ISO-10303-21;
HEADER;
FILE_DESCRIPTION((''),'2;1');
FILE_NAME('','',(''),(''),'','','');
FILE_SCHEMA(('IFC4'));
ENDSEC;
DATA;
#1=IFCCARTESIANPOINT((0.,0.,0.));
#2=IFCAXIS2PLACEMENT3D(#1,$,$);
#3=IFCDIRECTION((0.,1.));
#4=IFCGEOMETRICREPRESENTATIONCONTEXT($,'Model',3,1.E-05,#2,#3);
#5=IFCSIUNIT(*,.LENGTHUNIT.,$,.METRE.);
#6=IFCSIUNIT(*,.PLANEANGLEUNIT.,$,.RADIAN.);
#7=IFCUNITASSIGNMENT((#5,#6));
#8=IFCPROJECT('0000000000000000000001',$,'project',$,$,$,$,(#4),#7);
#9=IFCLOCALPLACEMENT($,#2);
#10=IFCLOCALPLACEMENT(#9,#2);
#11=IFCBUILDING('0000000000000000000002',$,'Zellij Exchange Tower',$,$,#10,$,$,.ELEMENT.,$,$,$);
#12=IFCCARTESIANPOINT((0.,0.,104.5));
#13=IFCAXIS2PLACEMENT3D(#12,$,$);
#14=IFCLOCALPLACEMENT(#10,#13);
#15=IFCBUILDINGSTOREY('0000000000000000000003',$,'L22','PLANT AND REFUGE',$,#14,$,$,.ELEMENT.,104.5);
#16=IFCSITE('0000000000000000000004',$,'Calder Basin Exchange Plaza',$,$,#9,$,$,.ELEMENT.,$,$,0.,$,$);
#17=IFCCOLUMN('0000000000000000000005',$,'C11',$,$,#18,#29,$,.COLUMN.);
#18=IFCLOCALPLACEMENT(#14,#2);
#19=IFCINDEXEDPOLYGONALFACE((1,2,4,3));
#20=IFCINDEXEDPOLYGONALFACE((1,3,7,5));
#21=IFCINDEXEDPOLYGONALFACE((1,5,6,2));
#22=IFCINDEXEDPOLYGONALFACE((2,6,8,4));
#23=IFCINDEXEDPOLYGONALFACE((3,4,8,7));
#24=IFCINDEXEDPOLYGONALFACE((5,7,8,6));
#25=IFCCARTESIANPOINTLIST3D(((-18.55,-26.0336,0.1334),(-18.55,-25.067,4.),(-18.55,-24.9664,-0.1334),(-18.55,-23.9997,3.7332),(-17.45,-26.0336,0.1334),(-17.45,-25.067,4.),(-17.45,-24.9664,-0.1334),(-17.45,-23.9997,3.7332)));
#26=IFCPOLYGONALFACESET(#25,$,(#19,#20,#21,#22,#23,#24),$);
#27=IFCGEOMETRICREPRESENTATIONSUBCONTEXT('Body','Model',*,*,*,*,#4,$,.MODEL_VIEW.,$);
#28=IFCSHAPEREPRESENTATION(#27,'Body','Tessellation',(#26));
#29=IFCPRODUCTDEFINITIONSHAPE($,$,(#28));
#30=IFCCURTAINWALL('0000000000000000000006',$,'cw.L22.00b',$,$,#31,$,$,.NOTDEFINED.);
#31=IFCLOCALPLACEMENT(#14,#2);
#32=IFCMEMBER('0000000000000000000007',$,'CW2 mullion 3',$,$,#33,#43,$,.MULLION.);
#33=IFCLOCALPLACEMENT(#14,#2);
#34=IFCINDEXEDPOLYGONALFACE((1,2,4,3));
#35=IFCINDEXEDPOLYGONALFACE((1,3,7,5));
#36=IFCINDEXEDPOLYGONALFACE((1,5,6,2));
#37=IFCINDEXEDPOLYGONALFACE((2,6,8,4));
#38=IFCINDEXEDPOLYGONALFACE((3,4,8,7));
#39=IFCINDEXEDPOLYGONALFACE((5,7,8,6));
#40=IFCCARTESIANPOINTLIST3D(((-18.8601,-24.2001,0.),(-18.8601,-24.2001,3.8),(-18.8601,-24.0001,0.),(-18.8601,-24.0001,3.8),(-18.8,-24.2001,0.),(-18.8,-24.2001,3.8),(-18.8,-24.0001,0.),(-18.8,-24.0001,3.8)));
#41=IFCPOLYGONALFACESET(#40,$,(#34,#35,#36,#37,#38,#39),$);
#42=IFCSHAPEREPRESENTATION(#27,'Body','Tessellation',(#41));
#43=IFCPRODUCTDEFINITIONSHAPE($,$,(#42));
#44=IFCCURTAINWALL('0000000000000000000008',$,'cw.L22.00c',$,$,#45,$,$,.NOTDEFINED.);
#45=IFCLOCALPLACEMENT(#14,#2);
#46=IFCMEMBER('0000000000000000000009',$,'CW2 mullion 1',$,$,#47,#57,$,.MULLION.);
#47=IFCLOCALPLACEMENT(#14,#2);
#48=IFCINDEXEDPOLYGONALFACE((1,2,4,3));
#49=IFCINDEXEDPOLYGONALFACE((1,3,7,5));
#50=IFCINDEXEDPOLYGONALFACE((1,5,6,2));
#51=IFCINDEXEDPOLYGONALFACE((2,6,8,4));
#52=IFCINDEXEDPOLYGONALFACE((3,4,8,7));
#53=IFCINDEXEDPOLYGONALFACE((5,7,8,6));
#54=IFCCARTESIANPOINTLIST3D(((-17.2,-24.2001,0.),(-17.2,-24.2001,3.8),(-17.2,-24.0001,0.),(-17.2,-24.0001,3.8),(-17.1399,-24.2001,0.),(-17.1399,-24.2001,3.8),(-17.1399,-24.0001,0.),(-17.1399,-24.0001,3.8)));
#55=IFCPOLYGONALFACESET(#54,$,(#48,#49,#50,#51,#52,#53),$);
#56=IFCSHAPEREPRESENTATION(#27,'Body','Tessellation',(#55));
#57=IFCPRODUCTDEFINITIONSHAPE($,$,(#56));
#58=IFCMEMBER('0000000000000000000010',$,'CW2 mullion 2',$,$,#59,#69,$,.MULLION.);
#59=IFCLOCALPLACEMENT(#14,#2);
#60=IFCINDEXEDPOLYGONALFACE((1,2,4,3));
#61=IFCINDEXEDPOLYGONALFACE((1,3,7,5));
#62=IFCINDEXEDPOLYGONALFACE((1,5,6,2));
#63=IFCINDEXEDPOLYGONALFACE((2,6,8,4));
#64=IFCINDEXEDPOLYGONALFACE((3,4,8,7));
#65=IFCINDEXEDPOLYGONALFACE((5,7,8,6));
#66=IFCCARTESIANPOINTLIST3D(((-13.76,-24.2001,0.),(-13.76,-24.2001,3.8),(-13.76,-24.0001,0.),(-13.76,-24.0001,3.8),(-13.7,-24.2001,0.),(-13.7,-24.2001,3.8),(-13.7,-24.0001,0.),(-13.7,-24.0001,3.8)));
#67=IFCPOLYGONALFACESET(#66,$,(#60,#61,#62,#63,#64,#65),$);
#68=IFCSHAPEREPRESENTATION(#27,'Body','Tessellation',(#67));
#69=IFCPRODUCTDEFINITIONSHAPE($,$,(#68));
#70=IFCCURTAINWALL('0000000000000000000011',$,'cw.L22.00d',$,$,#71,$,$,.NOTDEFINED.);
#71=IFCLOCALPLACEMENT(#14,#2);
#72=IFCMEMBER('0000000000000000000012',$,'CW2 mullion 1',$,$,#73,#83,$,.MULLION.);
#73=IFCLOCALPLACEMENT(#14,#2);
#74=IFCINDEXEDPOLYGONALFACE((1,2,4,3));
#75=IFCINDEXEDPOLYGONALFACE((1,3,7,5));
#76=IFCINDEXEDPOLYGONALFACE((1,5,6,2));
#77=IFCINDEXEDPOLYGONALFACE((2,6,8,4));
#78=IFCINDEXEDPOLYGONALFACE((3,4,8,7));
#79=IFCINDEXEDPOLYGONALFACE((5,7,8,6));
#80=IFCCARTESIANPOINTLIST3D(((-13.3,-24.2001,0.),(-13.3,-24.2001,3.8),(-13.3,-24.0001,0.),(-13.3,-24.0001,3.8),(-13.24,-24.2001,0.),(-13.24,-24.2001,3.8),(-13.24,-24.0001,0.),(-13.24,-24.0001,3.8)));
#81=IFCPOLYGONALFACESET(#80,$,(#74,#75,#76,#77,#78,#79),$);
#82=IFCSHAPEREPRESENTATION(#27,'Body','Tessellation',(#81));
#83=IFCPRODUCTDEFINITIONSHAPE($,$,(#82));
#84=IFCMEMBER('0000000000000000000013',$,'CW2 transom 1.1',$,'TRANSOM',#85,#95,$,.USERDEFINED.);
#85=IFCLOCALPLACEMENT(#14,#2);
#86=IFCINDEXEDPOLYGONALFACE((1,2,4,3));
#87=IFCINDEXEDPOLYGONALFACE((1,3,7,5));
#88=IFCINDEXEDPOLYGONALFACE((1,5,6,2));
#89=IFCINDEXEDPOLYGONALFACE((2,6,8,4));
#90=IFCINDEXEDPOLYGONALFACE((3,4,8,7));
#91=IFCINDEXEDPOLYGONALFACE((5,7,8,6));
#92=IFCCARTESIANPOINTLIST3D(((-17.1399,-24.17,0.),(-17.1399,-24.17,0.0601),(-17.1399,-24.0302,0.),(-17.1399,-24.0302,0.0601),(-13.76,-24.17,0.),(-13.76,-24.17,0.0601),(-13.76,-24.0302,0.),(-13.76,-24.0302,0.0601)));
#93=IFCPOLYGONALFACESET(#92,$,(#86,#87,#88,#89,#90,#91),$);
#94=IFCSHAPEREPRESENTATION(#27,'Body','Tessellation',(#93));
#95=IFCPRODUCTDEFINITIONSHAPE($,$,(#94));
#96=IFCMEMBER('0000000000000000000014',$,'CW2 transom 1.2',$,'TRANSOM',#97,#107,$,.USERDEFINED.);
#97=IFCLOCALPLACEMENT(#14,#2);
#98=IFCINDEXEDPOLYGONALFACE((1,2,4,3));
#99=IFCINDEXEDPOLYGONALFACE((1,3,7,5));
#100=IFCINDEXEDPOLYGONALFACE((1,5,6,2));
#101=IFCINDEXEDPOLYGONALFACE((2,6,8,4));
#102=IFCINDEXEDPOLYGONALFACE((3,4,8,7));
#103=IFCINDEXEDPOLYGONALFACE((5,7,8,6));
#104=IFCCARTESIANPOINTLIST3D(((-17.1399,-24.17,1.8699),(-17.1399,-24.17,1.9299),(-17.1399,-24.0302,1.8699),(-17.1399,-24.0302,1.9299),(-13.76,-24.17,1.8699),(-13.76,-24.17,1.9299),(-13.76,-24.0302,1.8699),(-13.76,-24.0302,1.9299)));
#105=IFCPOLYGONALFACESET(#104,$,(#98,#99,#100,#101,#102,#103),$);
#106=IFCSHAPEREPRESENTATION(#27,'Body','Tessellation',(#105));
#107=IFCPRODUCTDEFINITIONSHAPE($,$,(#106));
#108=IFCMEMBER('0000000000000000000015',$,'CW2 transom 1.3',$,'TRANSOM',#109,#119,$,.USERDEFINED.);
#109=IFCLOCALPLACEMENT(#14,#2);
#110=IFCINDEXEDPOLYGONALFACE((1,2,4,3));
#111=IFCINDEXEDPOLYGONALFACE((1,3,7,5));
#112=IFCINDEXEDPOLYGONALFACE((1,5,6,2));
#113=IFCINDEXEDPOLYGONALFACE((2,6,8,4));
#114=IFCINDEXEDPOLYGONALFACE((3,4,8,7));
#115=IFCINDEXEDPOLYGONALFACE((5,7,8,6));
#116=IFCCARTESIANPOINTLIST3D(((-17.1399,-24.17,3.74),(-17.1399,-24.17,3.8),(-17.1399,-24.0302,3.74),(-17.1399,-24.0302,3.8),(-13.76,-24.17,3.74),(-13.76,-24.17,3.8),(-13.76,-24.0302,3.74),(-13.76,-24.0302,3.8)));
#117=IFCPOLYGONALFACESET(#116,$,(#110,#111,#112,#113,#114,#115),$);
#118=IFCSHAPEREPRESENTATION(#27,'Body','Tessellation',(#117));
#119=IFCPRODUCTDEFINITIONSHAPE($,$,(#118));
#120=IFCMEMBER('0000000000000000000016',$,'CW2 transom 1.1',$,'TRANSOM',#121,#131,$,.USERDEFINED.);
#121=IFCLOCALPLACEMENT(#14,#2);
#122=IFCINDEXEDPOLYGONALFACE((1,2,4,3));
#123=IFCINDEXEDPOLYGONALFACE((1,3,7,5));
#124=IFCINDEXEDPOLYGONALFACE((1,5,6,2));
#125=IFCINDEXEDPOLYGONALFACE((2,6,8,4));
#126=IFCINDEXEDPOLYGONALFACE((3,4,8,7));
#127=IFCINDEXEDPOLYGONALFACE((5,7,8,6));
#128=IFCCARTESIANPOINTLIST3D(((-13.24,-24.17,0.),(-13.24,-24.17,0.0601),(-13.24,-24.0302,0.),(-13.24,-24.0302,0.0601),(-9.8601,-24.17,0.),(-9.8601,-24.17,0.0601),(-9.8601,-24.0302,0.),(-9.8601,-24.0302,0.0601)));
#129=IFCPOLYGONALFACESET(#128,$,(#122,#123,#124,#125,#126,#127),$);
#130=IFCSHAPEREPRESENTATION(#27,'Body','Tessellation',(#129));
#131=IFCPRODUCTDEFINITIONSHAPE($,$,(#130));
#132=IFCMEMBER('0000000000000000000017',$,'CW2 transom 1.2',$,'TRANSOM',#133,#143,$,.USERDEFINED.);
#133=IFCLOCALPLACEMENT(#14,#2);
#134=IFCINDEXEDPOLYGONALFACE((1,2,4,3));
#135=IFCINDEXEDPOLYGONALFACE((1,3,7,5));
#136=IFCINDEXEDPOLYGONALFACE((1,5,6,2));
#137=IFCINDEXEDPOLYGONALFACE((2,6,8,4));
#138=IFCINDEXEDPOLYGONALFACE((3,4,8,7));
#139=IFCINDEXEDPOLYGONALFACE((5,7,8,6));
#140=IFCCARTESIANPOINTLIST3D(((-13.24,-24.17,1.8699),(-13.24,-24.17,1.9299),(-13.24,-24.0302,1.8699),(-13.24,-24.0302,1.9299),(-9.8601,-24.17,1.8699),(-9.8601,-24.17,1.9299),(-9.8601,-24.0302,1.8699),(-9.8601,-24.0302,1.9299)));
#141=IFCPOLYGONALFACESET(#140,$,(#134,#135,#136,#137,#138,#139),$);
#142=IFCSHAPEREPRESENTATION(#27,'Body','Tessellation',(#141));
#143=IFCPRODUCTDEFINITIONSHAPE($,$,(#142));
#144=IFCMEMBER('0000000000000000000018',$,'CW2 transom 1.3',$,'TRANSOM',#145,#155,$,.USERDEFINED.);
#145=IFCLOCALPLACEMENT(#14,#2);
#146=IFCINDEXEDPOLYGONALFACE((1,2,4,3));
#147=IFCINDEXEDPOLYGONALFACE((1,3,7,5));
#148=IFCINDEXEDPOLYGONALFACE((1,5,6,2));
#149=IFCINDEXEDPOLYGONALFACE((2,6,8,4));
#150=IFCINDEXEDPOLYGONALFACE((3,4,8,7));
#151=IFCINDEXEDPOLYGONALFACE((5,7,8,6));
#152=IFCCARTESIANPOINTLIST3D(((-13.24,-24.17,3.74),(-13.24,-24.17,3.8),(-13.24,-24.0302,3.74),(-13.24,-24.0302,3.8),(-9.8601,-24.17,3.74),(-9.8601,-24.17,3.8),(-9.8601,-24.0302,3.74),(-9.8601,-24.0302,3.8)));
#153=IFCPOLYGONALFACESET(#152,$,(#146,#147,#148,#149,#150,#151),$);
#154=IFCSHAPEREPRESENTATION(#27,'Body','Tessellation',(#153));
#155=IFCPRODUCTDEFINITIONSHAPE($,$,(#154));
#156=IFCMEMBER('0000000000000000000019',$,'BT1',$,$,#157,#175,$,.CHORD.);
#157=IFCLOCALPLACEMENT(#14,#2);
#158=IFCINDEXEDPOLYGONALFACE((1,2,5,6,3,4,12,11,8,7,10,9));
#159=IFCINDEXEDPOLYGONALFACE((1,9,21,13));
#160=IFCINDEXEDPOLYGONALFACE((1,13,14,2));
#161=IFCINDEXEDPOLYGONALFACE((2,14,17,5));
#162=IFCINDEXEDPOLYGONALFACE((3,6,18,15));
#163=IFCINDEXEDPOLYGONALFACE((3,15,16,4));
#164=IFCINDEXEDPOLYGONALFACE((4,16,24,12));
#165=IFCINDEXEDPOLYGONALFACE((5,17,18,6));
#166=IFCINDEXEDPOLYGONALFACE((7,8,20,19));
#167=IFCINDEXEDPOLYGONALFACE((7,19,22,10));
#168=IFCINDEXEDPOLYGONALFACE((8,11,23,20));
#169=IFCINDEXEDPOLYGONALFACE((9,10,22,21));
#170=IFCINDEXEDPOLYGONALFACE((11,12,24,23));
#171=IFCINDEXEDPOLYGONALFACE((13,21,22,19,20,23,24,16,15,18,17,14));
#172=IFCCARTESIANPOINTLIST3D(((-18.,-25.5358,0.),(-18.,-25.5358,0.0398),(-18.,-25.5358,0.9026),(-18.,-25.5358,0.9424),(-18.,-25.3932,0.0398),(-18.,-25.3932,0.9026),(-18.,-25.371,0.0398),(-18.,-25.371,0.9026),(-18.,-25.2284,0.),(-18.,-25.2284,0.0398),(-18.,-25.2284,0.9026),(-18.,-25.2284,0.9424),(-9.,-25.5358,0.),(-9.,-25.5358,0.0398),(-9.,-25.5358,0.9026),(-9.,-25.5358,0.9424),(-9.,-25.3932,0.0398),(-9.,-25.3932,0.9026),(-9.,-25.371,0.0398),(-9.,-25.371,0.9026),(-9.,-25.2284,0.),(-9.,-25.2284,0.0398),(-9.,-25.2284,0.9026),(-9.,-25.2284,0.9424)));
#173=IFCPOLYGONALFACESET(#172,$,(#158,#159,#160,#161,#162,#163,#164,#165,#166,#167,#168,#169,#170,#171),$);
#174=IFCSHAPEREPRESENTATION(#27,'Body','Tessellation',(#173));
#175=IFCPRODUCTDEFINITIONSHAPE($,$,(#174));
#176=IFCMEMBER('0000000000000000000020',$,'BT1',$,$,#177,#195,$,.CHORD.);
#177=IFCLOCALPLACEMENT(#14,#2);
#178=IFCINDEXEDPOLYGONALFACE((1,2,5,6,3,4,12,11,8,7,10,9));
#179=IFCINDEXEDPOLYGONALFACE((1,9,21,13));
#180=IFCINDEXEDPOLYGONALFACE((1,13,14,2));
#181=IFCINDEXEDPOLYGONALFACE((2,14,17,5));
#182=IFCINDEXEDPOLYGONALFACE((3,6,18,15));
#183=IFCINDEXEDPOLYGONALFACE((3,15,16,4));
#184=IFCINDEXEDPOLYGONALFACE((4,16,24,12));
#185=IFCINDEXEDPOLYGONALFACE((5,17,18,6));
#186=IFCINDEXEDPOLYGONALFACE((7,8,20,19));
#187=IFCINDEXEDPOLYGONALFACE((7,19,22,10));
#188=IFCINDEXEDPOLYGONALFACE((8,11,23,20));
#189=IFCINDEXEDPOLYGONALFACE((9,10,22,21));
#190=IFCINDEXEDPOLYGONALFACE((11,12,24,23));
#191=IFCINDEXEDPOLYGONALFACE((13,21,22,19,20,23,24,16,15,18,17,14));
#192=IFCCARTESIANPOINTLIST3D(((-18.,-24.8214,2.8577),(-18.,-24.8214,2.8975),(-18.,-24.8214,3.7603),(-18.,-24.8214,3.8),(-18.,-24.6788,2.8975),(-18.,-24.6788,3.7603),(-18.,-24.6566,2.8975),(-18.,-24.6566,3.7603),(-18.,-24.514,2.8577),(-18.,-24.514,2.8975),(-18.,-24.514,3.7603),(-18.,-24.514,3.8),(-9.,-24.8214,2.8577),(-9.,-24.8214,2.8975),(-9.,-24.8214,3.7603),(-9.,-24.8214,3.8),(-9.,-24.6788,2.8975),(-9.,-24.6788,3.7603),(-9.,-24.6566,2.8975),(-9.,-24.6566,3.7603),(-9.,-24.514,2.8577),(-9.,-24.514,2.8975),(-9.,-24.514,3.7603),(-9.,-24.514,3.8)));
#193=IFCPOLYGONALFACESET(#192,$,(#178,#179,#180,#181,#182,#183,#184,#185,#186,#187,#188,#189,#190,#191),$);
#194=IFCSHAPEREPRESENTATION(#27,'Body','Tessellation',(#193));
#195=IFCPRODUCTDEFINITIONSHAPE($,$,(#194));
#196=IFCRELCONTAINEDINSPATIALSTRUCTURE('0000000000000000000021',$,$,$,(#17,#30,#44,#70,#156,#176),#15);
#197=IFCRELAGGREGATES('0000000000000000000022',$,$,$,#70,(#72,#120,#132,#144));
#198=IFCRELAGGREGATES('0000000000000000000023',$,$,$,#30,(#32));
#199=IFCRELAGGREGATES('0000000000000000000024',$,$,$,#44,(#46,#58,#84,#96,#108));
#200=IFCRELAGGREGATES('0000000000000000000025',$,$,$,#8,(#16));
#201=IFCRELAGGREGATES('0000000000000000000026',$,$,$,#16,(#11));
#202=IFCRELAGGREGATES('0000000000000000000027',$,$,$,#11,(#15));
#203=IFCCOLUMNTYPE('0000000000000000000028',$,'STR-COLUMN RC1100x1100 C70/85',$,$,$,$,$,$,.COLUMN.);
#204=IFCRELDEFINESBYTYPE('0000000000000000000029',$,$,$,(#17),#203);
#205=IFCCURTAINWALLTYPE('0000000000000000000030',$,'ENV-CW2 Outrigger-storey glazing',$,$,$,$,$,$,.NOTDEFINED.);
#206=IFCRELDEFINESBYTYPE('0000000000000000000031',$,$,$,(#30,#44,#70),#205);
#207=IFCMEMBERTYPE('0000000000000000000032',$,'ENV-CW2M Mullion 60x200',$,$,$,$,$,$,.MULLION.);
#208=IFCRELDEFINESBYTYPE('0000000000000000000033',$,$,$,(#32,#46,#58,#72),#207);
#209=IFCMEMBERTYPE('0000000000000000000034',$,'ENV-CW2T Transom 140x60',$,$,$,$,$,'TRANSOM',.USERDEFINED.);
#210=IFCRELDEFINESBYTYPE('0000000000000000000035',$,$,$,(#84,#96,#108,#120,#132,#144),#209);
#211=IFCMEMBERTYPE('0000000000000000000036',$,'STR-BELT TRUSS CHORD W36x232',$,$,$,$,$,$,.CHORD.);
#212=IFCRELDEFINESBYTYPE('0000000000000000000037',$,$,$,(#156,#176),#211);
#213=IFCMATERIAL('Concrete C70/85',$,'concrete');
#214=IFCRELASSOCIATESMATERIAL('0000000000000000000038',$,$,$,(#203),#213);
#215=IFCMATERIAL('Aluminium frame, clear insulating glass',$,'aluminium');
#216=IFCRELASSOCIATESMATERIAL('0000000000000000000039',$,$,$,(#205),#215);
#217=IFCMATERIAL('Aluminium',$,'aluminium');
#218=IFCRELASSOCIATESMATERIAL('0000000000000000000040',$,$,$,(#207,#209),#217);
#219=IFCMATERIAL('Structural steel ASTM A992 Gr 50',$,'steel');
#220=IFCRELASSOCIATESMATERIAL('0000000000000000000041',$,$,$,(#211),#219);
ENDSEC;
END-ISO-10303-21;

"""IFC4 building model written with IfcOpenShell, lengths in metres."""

from ifc_helpers import new_model, si_unit, direction, frame, origin, origin_2d, place, context, subcontext, project, spatial, rectangle, i_section, extrude, clip, halfspace, material, material_profile, profile_set, type_object, element, aggregate, save


model = new_model("IFC4")

# Units and contexts
model_context = context("Model", 3, precision=1e-05, world=origin(), true_north=direction((0.0, 1.0)))
body_context = subcontext(model_context, "Body", "Model", "MODEL_VIEW")
ifc_project = project(units=[si_unit("LENGTHUNIT", "METRE"), si_unit("PLANEANGLEUNIT", "RADIAN")], contexts=[model_context])

# Site, building, storey
site_placement = place(None, origin())
site = spatial("IfcSite", under=ifc_project, at=site_placement, Name="Calder Basin Exchange Plaza", CompositionType="ELEMENT", RefElevation=0.0)
building_placement = place(site_placement, origin())
building = spatial("IfcBuilding", under=site, at=building_placement, Name="Zellij Exchange Tower", CompositionType="ELEMENT")
storey_placement = place(building_placement, frame((0.0, 0.0, 104.5)))
storey = spatial("IfcBuildingStorey", under=building, at=storey_placement, Name="L22", Description="PLANT AND REFUGE", CompositionType="ELEMENT", Elevation=104.5)

# Column
ifc_material_1 = material(Name="Concrete C70/85", Category="concrete")
ifc_material_profile_1 = material_profile(ifc_material_1, rectangle(XDim=1.1001, YDim=1.1001, at=origin_2d()), Name="STR-COLUMN RC1100x1100 C70/85")
ifc_profile_set_1 = profile_set([ifc_material_profile_1], Name="Concrete C70/85")
column_type = type_object("IfcColumnType", Name="STR-COLUMN RC1100x1100 C70/85", PredefinedType="COLUMN", material=ifc_profile_set_1)
column_placement = place(storey_placement, frame((-18.0, -25.5, 0.0), z_axis=(0.0, 0.242536, 0.970143), x_axis=(-1.0, 0.0, 0.0)))
element("IfcColumn", 1, at=column_placement, inside=storey, type_object=column_type, Name="C11", PredefinedType="COLUMN", context=body_context, shape_type="Clipping", body=[
    clip(extrude(rectangle(XDim=1.1001, YDim=1.1001, at=origin_2d()), origin(), (0.0, 0.0, 1.0), 4.123), halfspace(frame((0.0, 0.0, 3.9856)), False)),
])

# Curtain wall, member
ifc_material_2 = material(Name="Aluminium frame, clear insulating glass", Category="aluminium")
curtain_wall_type = type_object("IfcCurtainWallType", Name="ENV-CW2 Outrigger-storey glazing", PredefinedType="NOTDEFINED", material=ifc_material_2)
curtain_wall_1_placement = place(storey_placement, origin())
curtain_wall_1 = element("IfcCurtainWall", 2, at=curtain_wall_1_placement, inside=storey, type_object=curtain_wall_type, Name="cw.L22.00b", PredefinedType="NOTDEFINED")
ifc_material_3 = material(Name="Aluminium", Category="aluminium")
ifc_material_profile_2 = material_profile(ifc_material_3, rectangle(XDim=0.0601, YDim=0.2, at=origin_2d()), Name="AL 60x200")
ifc_profile_set_2 = profile_set([ifc_material_profile_2], Name="Aluminium")
member_type_1 = type_object("IfcMemberType", Name="ENV-CW2M Mullion 60x200", PredefinedType="MULLION", material=ifc_profile_set_2)
member_1_placement = place(storey_placement, frame((-18.8301, -24.1001, 0.0), z_axis=(0.0, 0.0, 1.0), x_axis=(1.0, 0.0, 0.0)))
member_1 = element("IfcMember", 3, at=member_1_placement, type_object=member_type_1, Name="CW2 mullion 3", PredefinedType="MULLION", context=body_context, shape_type="SweptSolid", body=[
    extrude(rectangle(XDim=0.0601, YDim=0.2, at=origin_2d()), origin(), (0.0, 0.0, 1.0), 3.8),
])

# Curtain wall, members
curtain_wall_2_placement = place(storey_placement, origin())
curtain_wall_2 = element("IfcCurtainWall", 4, at=curtain_wall_2_placement, inside=storey, type_object=curtain_wall_type, Name="cw.L22.00c", PredefinedType="NOTDEFINED")
member_2_placement = place(storey_placement, frame((-17.1699, -24.1001, 0.0), z_axis=(0.0, 0.0, 1.0), x_axis=(1.0, 0.0, 0.0)))
member_2 = element("IfcMember", 5, at=member_2_placement, type_object=member_type_1, Name="CW2 mullion 1", PredefinedType="MULLION", context=body_context, shape_type="SweptSolid", body=[
    extrude(rectangle(XDim=0.0601, YDim=0.2, at=origin_2d()), origin(), (0.0, 0.0, 1.0), 3.8),
])
member_3_placement = place(storey_placement, frame((-13.73, -24.1001, 0.0), z_axis=(0.0, 0.0, 1.0), x_axis=(1.0, 0.0, 0.0)))
member_3 = element("IfcMember", 6, at=member_3_placement, type_object=member_type_1, Name="CW2 mullion 2", PredefinedType="MULLION", context=body_context, shape_type="SweptSolid", body=[
    extrude(rectangle(XDim=0.0601, YDim=0.2, at=origin_2d()), origin(), (0.0, 0.0, 1.0), 3.8),
])

# Curtain wall, member
curtain_wall_3_placement = place(storey_placement, origin())
curtain_wall_3 = element("IfcCurtainWall", 7, at=curtain_wall_3_placement, inside=storey, type_object=curtain_wall_type, Name="cw.L22.00d", PredefinedType="NOTDEFINED")
member_4_placement = place(storey_placement, frame((-13.27, -24.1001, 0.0), z_axis=(0.0, 0.0, 1.0), x_axis=(1.0, 0.0, 0.0)))
member_4 = element("IfcMember", 8, at=member_4_placement, type_object=member_type_1, Name="CW2 mullion 1", PredefinedType="MULLION", context=body_context, shape_type="SweptSolid", body=[
    extrude(rectangle(XDim=0.0601, YDim=0.2, at=origin_2d()), origin(), (0.0, 0.0, 1.0), 3.8),
])

# Members
ifc_material_profile_3 = material_profile(ifc_material_3, rectangle(XDim=0.1399, YDim=0.0601, at=origin_2d()), Name="AL 140x60")
ifc_profile_set_3 = profile_set([ifc_material_profile_3], Name="Aluminium")
member_type_2 = type_object("IfcMemberType", Name="ENV-CW2T Transom 140x60", ElementType="TRANSOM", PredefinedType="USERDEFINED", material=ifc_profile_set_3)
member_5_placement = place(storey_placement, frame((-17.1399, -24.1001, 0.03), z_axis=(1.0, 0.0, 0.0), x_axis=(0.0, 1.0, 0.0)))
member_5 = element("IfcMember", 9, at=member_5_placement, type_object=member_type_2, Name="CW2 transom 1.1", ObjectType="TRANSOM", PredefinedType="USERDEFINED", context=body_context, shape_type="SweptSolid", body=[
    extrude(rectangle(XDim=0.1399, YDim=0.0601, at=origin_2d()), origin(), (0.0, 0.0, 1.0), 3.3799),
])
member_6_placement = place(storey_placement, frame((-17.1399, -24.1001, 1.8999), z_axis=(1.0, 0.0, 0.0), x_axis=(0.0, 1.0, 0.0)))
member_6 = element("IfcMember", 10, at=member_6_placement, type_object=member_type_2, Name="CW2 transom 1.2", ObjectType="TRANSOM", PredefinedType="USERDEFINED", context=body_context, shape_type="SweptSolid", body=[
    extrude(rectangle(XDim=0.1399, YDim=0.0601, at=origin_2d()), origin(), (0.0, 0.0, 1.0), 3.3799),
])
member_7_placement = place(storey_placement, frame((-17.1399, -24.1001, 3.77), z_axis=(1.0, 0.0, 0.0), x_axis=(0.0, 1.0, 0.0)))
member_7 = element("IfcMember", 11, at=member_7_placement, type_object=member_type_2, Name="CW2 transom 1.3", ObjectType="TRANSOM", PredefinedType="USERDEFINED", context=body_context, shape_type="SweptSolid", body=[
    extrude(rectangle(XDim=0.1399, YDim=0.0601, at=origin_2d()), origin(), (0.0, 0.0, 1.0), 3.3799),
])
member_8_placement = place(storey_placement, frame((-13.24, -24.1001, 0.03), z_axis=(1.0, 0.0, 0.0), x_axis=(0.0, 1.0, 0.0)))
member_8 = element("IfcMember", 12, at=member_8_placement, type_object=member_type_2, Name="CW2 transom 1.1", ObjectType="TRANSOM", PredefinedType="USERDEFINED", context=body_context, shape_type="SweptSolid", body=[
    extrude(rectangle(XDim=0.1399, YDim=0.0601, at=origin_2d()), origin(), (0.0, 0.0, 1.0), 3.3799),
])
member_9_placement = place(storey_placement, frame((-13.24, -24.1001, 1.8999), z_axis=(1.0, 0.0, 0.0), x_axis=(0.0, 1.0, 0.0)))
member_9 = element("IfcMember", 13, at=member_9_placement, type_object=member_type_2, Name="CW2 transom 1.2", ObjectType="TRANSOM", PredefinedType="USERDEFINED", context=body_context, shape_type="SweptSolid", body=[
    extrude(rectangle(XDim=0.1399, YDim=0.0601, at=origin_2d()), origin(), (0.0, 0.0, 1.0), 3.3799),
])
member_10_placement = place(storey_placement, frame((-13.24, -24.1001, 3.77), z_axis=(1.0, 0.0, 0.0), x_axis=(0.0, 1.0, 0.0)))
member_10 = element("IfcMember", 14, at=member_10_placement, type_object=member_type_2, Name="CW2 transom 1.3", ObjectType="TRANSOM", PredefinedType="USERDEFINED", context=body_context, shape_type="SweptSolid", body=[
    extrude(rectangle(XDim=0.1399, YDim=0.0601, at=origin_2d()), origin(), (0.0, 0.0, 1.0), 3.3799),
])
aggregate(curtain_wall_3, [member_4, member_8, member_9, member_10])

# Members
ifc_material_4 = material(Name="Structural steel ASTM A992 Gr 50", Category="steel")
ifc_material_profile_4 = material_profile(ifc_material_4, i_section(OverallWidth=0.3074, OverallDepth=0.9424, WebThickness=0.0222, FlangeThickness=0.0398, at=origin_2d()), Name="W36x232")
ifc_profile_set_4 = profile_set([ifc_material_profile_4], Name="Structural steel ASTM A992 Gr 50")
member_type_3 = type_object("IfcMemberType", Name="STR-BELT TRUSS CHORD W36x232", PredefinedType="CHORD", material=ifc_profile_set_4)
for number, where, z_axis, x_axis, name in (
    (15, (-18.0, -25.3821, 0.4712), (1.0, 0.0, 0.0), (0.0, 1.0, 0.0), "BT1"),
    (16, (-18.0, -24.6677, 3.3289), (1.0, 0.0, 0.0), (0.0, 1.0, 0.0), "BT1"),
):
    element("IfcMember", number, at=place(storey_placement, frame(where, z_axis=z_axis, x_axis=x_axis)), inside=storey, type_object=member_type_3, Name=name, PredefinedType="CHORD", context=body_context, shape_type="SweptSolid", body=[
        extrude(i_section(OverallWidth=0.3074, OverallDepth=0.9424, WebThickness=0.0222, FlangeThickness=0.0398, at=origin_2d()), origin(), (0.0, 0.0, 1.0), 9.0),
    ])

aggregate(curtain_wall_1, [member_1])
aggregate(curtain_wall_2, [member_2, member_3, member_5, member_6, member_7])

save(model, "model.ifc")
